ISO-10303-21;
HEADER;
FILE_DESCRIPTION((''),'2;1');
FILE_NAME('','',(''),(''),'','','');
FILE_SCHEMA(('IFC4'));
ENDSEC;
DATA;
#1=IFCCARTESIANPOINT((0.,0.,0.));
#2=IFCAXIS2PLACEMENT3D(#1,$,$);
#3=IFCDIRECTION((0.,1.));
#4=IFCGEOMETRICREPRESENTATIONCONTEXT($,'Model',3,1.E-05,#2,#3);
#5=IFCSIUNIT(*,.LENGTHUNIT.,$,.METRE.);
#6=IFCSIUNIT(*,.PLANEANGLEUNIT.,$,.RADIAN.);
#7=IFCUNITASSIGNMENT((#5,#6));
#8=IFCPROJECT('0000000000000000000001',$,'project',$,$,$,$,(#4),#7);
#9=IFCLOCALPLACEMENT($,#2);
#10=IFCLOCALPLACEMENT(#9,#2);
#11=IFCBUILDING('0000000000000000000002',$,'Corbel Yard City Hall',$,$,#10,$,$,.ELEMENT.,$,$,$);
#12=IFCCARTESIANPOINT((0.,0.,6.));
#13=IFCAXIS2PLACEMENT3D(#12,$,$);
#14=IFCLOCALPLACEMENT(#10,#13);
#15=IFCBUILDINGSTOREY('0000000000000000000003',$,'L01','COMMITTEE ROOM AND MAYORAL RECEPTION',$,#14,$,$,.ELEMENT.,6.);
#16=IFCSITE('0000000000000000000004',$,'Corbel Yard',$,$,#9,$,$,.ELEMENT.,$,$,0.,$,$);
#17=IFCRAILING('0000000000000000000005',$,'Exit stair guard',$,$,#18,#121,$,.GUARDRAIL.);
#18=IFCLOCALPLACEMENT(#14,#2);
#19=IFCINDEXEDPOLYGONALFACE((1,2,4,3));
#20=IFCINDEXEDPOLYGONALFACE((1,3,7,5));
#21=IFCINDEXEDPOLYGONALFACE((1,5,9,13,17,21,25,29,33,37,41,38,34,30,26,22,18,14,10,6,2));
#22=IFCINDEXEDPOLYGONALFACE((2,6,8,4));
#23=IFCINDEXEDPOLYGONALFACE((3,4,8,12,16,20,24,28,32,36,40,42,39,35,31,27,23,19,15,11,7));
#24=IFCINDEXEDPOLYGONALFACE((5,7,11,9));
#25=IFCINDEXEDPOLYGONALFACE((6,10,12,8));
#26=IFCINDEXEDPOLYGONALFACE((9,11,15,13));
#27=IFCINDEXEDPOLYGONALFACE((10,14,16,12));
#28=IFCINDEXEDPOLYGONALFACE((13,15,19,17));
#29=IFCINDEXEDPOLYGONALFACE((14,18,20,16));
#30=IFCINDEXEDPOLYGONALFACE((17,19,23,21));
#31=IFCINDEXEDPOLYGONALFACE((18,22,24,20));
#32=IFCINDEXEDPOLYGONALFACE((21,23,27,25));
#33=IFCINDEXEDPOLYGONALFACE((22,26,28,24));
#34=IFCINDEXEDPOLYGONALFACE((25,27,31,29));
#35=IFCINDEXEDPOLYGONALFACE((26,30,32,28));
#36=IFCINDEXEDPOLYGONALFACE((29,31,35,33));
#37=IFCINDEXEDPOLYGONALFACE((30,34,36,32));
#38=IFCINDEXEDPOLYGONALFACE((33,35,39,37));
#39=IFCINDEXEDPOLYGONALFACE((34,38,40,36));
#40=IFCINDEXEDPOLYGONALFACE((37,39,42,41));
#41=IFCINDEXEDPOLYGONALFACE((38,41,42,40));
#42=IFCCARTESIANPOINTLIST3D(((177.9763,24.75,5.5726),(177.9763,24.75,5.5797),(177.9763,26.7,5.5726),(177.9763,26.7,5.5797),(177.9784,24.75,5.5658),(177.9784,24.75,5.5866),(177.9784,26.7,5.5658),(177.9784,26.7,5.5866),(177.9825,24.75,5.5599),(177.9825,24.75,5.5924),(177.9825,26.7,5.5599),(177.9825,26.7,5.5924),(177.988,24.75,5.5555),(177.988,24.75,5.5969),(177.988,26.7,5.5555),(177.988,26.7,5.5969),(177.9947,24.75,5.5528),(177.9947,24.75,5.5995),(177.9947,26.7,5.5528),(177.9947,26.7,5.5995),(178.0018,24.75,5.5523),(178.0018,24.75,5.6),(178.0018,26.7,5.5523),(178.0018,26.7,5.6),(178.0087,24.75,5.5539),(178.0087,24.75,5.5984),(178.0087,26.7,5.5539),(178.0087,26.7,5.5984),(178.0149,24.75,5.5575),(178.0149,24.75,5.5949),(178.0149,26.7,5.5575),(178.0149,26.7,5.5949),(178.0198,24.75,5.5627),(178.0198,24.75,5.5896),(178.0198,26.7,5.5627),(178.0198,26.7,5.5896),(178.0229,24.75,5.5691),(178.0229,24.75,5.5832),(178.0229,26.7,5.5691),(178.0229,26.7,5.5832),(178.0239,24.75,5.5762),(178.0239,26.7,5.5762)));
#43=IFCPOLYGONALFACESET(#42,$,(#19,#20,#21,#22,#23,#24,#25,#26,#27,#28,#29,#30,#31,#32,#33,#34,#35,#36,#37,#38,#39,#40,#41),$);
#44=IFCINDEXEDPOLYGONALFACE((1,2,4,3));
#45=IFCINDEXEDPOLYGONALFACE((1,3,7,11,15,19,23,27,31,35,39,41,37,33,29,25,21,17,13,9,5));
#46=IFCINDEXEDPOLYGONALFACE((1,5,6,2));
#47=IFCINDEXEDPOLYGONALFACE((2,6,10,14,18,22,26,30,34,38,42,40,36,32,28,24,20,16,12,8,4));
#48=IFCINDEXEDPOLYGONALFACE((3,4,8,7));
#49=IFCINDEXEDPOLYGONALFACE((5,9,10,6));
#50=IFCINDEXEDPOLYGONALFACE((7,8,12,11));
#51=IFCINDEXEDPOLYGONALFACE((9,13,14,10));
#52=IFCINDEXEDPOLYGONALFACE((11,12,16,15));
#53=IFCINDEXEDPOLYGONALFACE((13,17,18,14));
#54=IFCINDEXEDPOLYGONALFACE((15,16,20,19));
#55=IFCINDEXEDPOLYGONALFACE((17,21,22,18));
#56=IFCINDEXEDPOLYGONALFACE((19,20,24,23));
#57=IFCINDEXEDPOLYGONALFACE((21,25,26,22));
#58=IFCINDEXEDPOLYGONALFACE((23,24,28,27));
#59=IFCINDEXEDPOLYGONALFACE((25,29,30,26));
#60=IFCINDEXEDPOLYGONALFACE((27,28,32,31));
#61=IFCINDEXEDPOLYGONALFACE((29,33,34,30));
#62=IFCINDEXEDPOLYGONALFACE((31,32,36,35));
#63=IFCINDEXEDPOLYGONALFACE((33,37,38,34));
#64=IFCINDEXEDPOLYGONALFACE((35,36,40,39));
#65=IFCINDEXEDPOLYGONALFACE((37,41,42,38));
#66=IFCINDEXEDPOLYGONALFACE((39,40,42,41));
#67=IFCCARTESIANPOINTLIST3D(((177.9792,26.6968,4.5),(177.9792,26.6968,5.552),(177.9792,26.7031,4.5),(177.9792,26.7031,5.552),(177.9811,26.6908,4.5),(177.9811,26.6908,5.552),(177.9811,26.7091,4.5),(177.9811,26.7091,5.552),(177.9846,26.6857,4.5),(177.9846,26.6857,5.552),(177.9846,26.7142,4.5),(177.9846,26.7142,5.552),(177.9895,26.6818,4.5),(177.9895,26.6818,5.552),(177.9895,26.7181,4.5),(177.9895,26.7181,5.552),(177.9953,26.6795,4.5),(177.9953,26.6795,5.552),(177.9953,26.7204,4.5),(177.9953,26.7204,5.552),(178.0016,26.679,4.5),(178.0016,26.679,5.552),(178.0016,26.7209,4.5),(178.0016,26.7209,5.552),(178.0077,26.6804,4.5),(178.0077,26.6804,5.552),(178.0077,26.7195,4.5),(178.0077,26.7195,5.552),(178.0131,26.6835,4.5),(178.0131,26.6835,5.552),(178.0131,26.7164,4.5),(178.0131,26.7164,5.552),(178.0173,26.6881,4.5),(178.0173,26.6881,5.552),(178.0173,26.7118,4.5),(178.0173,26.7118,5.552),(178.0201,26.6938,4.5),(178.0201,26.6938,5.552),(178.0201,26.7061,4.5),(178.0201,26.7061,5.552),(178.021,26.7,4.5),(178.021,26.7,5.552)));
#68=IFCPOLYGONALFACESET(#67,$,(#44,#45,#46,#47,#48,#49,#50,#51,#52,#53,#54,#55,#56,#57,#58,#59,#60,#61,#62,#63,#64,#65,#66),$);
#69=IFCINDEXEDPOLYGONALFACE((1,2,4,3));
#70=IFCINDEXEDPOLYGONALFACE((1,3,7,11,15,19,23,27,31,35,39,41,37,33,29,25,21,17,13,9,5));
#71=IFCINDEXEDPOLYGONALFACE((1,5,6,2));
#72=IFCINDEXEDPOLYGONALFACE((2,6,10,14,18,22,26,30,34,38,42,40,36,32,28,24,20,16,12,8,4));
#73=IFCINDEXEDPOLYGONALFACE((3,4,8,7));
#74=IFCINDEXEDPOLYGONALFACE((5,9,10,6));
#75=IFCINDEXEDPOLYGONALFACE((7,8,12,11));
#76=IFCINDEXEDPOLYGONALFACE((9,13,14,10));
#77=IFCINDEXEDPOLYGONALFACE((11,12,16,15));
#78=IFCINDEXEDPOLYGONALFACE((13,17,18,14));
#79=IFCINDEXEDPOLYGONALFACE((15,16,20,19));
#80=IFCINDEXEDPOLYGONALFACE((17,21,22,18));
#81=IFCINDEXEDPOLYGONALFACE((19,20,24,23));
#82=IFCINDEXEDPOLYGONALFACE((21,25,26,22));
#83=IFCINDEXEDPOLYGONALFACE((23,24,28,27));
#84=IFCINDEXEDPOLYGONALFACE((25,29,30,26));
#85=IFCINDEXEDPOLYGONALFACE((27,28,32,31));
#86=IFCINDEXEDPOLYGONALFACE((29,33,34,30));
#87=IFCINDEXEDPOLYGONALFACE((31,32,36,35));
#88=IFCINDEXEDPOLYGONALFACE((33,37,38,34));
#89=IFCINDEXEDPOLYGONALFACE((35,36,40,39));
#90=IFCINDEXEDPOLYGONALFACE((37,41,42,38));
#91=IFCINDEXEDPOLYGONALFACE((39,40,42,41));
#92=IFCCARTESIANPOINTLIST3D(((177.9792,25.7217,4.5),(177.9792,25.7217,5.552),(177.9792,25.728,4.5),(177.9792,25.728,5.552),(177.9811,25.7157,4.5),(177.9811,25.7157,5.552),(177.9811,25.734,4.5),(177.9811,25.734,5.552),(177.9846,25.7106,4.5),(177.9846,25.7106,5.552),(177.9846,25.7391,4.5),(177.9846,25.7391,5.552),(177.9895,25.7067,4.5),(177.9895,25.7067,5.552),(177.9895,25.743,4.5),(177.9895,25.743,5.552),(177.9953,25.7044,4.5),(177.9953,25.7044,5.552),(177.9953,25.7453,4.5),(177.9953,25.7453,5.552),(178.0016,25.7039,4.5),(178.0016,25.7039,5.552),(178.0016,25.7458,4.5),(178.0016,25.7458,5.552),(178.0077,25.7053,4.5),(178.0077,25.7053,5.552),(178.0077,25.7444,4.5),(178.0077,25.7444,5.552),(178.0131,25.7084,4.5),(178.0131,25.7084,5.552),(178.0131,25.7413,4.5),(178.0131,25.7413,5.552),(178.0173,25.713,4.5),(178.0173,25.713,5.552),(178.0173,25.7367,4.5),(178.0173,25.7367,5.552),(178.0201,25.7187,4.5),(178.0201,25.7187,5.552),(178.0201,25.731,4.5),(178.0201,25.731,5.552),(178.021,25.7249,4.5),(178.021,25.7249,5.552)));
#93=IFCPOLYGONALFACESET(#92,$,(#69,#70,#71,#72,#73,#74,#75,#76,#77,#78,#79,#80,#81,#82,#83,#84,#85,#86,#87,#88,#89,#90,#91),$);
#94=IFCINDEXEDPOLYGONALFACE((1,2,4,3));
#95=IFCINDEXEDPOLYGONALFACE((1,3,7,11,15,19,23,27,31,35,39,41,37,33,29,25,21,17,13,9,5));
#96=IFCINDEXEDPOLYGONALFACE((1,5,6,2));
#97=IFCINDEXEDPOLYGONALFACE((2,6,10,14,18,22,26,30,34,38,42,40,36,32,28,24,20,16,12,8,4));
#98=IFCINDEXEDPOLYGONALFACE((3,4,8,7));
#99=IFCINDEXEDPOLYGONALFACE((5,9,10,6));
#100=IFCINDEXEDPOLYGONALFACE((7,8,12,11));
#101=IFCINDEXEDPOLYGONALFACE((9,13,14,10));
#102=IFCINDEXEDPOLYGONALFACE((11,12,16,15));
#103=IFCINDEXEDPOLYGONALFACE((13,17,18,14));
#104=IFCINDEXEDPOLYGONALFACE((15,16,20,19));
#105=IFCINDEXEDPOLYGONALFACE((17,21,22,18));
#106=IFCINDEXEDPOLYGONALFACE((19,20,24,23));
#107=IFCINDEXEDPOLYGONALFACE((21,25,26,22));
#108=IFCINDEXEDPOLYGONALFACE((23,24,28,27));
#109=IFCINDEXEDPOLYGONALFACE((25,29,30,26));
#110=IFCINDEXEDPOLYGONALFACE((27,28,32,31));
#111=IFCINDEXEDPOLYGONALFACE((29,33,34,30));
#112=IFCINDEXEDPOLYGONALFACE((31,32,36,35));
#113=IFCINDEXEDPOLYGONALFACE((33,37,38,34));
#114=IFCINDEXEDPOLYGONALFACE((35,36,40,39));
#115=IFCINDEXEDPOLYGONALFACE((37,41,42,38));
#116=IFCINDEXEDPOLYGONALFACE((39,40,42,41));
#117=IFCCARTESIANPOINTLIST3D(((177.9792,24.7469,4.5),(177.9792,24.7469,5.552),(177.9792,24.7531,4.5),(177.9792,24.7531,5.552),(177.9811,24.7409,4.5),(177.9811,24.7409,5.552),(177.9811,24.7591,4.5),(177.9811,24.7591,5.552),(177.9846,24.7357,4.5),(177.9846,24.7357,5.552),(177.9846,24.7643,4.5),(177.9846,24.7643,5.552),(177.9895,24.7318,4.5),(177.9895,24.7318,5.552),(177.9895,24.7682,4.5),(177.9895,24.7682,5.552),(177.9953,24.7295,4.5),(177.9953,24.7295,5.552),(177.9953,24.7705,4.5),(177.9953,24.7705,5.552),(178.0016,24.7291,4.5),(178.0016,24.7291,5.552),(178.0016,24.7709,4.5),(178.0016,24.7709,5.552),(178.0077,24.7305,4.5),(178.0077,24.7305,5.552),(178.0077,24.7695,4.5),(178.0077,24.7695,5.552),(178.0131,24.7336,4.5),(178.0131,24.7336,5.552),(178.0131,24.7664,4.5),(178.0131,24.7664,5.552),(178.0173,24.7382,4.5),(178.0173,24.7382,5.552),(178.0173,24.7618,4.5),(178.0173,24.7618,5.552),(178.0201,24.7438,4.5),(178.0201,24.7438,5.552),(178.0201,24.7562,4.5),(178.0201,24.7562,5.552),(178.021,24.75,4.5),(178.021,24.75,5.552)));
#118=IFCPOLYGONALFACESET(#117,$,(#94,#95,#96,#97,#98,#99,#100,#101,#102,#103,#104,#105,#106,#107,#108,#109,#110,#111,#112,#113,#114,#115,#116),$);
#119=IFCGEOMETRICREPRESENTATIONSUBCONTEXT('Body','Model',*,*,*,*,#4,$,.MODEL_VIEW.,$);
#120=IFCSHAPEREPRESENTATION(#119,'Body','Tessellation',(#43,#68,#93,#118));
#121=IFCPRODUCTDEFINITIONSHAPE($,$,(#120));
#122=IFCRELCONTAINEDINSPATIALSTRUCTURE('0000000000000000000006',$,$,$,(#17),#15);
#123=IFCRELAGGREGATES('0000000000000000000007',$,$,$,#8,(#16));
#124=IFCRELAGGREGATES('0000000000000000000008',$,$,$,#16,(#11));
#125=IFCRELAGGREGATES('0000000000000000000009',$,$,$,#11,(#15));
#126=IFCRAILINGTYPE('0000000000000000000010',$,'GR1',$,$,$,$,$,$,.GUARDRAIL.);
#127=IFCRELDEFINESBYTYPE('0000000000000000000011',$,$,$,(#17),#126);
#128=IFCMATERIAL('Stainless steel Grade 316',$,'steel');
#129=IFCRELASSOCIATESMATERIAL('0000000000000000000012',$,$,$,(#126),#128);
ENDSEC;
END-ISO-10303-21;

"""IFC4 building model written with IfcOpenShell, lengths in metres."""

from ifc_helpers import new_model, si_unit, direction, frame, origin, origin_2d, place, context, subcontext, project, spatial, circle, extrude, material, type_object, element, save


model = new_model("IFC4")

# Units and contexts
model_context = context("Model", 3, precision=1e-05, world=origin(), true_north=direction((0.0, 1.0)))
body_context = subcontext(model_context, "Body", "Model", "MODEL_VIEW")
ifc_project = project(units=[si_unit("LENGTHUNIT", "METRE"), si_unit("PLANEANGLEUNIT", "RADIAN")], contexts=[model_context])

# Site, building, storey
site_placement = place(None, origin())
site = spatial("IfcSite", under=ifc_project, at=site_placement, Name="Corbel Yard", CompositionType="ELEMENT", RefElevation=0.0)
building_placement = place(site_placement, origin())
building = spatial("IfcBuilding", under=site, at=building_placement, Name="Corbel Yard City Hall", CompositionType="ELEMENT")
storey_placement = place(building_placement, frame((0.0, 0.0, 6.0)))
storey = spatial("IfcBuildingStorey", under=building, at=storey_placement, Name="L01", Description="COMMITTEE ROOM AND MAYORAL RECEPTION", CompositionType="ELEMENT", Elevation=6.0)

# Shared definitions
ifc_material_1 = material(Name="Stainless steel Grade 316", Category="steel")

# Railing
railing_type_1 = type_object("IfcRailingType", Name="GR1", PredefinedType="GUARDRAIL", material=ifc_material_1)
railing_placement = place(storey_placement, frame((178.0, 26.7, 4.5)))
element("IfcRailing", 1, at=railing_placement, inside=storey, type_object=railing_type_1, Name="Exit stair guard", PredefinedType="GUARDRAIL", context=body_context, shape_type="SweptSolid", body=[
    extrude(circle(Radius=0.0239, at=origin_2d()), frame((0.0, 0.0, 1.0762), z_axis=(0.0, -1.0, 0.0), x_axis=(1.0, 0.0, 0.0)), (0.0, 0.0, 1.0), 1.95),
    extrude(circle(Radius=0.021, at=origin_2d()), origin(), (0.0, 0.0, 1.0), 1.052),
    extrude(circle(Radius=0.021, at=origin_2d()), frame((0.0, -0.9751, 0.0)), (0.0, 0.0, 1.0), 1.052),
    extrude(circle(Radius=0.021, at=origin_2d()), frame((0.0, -1.95, 0.0)), (0.0, 0.0, 1.0), 1.052),
])

save(model, "model.ifc")
